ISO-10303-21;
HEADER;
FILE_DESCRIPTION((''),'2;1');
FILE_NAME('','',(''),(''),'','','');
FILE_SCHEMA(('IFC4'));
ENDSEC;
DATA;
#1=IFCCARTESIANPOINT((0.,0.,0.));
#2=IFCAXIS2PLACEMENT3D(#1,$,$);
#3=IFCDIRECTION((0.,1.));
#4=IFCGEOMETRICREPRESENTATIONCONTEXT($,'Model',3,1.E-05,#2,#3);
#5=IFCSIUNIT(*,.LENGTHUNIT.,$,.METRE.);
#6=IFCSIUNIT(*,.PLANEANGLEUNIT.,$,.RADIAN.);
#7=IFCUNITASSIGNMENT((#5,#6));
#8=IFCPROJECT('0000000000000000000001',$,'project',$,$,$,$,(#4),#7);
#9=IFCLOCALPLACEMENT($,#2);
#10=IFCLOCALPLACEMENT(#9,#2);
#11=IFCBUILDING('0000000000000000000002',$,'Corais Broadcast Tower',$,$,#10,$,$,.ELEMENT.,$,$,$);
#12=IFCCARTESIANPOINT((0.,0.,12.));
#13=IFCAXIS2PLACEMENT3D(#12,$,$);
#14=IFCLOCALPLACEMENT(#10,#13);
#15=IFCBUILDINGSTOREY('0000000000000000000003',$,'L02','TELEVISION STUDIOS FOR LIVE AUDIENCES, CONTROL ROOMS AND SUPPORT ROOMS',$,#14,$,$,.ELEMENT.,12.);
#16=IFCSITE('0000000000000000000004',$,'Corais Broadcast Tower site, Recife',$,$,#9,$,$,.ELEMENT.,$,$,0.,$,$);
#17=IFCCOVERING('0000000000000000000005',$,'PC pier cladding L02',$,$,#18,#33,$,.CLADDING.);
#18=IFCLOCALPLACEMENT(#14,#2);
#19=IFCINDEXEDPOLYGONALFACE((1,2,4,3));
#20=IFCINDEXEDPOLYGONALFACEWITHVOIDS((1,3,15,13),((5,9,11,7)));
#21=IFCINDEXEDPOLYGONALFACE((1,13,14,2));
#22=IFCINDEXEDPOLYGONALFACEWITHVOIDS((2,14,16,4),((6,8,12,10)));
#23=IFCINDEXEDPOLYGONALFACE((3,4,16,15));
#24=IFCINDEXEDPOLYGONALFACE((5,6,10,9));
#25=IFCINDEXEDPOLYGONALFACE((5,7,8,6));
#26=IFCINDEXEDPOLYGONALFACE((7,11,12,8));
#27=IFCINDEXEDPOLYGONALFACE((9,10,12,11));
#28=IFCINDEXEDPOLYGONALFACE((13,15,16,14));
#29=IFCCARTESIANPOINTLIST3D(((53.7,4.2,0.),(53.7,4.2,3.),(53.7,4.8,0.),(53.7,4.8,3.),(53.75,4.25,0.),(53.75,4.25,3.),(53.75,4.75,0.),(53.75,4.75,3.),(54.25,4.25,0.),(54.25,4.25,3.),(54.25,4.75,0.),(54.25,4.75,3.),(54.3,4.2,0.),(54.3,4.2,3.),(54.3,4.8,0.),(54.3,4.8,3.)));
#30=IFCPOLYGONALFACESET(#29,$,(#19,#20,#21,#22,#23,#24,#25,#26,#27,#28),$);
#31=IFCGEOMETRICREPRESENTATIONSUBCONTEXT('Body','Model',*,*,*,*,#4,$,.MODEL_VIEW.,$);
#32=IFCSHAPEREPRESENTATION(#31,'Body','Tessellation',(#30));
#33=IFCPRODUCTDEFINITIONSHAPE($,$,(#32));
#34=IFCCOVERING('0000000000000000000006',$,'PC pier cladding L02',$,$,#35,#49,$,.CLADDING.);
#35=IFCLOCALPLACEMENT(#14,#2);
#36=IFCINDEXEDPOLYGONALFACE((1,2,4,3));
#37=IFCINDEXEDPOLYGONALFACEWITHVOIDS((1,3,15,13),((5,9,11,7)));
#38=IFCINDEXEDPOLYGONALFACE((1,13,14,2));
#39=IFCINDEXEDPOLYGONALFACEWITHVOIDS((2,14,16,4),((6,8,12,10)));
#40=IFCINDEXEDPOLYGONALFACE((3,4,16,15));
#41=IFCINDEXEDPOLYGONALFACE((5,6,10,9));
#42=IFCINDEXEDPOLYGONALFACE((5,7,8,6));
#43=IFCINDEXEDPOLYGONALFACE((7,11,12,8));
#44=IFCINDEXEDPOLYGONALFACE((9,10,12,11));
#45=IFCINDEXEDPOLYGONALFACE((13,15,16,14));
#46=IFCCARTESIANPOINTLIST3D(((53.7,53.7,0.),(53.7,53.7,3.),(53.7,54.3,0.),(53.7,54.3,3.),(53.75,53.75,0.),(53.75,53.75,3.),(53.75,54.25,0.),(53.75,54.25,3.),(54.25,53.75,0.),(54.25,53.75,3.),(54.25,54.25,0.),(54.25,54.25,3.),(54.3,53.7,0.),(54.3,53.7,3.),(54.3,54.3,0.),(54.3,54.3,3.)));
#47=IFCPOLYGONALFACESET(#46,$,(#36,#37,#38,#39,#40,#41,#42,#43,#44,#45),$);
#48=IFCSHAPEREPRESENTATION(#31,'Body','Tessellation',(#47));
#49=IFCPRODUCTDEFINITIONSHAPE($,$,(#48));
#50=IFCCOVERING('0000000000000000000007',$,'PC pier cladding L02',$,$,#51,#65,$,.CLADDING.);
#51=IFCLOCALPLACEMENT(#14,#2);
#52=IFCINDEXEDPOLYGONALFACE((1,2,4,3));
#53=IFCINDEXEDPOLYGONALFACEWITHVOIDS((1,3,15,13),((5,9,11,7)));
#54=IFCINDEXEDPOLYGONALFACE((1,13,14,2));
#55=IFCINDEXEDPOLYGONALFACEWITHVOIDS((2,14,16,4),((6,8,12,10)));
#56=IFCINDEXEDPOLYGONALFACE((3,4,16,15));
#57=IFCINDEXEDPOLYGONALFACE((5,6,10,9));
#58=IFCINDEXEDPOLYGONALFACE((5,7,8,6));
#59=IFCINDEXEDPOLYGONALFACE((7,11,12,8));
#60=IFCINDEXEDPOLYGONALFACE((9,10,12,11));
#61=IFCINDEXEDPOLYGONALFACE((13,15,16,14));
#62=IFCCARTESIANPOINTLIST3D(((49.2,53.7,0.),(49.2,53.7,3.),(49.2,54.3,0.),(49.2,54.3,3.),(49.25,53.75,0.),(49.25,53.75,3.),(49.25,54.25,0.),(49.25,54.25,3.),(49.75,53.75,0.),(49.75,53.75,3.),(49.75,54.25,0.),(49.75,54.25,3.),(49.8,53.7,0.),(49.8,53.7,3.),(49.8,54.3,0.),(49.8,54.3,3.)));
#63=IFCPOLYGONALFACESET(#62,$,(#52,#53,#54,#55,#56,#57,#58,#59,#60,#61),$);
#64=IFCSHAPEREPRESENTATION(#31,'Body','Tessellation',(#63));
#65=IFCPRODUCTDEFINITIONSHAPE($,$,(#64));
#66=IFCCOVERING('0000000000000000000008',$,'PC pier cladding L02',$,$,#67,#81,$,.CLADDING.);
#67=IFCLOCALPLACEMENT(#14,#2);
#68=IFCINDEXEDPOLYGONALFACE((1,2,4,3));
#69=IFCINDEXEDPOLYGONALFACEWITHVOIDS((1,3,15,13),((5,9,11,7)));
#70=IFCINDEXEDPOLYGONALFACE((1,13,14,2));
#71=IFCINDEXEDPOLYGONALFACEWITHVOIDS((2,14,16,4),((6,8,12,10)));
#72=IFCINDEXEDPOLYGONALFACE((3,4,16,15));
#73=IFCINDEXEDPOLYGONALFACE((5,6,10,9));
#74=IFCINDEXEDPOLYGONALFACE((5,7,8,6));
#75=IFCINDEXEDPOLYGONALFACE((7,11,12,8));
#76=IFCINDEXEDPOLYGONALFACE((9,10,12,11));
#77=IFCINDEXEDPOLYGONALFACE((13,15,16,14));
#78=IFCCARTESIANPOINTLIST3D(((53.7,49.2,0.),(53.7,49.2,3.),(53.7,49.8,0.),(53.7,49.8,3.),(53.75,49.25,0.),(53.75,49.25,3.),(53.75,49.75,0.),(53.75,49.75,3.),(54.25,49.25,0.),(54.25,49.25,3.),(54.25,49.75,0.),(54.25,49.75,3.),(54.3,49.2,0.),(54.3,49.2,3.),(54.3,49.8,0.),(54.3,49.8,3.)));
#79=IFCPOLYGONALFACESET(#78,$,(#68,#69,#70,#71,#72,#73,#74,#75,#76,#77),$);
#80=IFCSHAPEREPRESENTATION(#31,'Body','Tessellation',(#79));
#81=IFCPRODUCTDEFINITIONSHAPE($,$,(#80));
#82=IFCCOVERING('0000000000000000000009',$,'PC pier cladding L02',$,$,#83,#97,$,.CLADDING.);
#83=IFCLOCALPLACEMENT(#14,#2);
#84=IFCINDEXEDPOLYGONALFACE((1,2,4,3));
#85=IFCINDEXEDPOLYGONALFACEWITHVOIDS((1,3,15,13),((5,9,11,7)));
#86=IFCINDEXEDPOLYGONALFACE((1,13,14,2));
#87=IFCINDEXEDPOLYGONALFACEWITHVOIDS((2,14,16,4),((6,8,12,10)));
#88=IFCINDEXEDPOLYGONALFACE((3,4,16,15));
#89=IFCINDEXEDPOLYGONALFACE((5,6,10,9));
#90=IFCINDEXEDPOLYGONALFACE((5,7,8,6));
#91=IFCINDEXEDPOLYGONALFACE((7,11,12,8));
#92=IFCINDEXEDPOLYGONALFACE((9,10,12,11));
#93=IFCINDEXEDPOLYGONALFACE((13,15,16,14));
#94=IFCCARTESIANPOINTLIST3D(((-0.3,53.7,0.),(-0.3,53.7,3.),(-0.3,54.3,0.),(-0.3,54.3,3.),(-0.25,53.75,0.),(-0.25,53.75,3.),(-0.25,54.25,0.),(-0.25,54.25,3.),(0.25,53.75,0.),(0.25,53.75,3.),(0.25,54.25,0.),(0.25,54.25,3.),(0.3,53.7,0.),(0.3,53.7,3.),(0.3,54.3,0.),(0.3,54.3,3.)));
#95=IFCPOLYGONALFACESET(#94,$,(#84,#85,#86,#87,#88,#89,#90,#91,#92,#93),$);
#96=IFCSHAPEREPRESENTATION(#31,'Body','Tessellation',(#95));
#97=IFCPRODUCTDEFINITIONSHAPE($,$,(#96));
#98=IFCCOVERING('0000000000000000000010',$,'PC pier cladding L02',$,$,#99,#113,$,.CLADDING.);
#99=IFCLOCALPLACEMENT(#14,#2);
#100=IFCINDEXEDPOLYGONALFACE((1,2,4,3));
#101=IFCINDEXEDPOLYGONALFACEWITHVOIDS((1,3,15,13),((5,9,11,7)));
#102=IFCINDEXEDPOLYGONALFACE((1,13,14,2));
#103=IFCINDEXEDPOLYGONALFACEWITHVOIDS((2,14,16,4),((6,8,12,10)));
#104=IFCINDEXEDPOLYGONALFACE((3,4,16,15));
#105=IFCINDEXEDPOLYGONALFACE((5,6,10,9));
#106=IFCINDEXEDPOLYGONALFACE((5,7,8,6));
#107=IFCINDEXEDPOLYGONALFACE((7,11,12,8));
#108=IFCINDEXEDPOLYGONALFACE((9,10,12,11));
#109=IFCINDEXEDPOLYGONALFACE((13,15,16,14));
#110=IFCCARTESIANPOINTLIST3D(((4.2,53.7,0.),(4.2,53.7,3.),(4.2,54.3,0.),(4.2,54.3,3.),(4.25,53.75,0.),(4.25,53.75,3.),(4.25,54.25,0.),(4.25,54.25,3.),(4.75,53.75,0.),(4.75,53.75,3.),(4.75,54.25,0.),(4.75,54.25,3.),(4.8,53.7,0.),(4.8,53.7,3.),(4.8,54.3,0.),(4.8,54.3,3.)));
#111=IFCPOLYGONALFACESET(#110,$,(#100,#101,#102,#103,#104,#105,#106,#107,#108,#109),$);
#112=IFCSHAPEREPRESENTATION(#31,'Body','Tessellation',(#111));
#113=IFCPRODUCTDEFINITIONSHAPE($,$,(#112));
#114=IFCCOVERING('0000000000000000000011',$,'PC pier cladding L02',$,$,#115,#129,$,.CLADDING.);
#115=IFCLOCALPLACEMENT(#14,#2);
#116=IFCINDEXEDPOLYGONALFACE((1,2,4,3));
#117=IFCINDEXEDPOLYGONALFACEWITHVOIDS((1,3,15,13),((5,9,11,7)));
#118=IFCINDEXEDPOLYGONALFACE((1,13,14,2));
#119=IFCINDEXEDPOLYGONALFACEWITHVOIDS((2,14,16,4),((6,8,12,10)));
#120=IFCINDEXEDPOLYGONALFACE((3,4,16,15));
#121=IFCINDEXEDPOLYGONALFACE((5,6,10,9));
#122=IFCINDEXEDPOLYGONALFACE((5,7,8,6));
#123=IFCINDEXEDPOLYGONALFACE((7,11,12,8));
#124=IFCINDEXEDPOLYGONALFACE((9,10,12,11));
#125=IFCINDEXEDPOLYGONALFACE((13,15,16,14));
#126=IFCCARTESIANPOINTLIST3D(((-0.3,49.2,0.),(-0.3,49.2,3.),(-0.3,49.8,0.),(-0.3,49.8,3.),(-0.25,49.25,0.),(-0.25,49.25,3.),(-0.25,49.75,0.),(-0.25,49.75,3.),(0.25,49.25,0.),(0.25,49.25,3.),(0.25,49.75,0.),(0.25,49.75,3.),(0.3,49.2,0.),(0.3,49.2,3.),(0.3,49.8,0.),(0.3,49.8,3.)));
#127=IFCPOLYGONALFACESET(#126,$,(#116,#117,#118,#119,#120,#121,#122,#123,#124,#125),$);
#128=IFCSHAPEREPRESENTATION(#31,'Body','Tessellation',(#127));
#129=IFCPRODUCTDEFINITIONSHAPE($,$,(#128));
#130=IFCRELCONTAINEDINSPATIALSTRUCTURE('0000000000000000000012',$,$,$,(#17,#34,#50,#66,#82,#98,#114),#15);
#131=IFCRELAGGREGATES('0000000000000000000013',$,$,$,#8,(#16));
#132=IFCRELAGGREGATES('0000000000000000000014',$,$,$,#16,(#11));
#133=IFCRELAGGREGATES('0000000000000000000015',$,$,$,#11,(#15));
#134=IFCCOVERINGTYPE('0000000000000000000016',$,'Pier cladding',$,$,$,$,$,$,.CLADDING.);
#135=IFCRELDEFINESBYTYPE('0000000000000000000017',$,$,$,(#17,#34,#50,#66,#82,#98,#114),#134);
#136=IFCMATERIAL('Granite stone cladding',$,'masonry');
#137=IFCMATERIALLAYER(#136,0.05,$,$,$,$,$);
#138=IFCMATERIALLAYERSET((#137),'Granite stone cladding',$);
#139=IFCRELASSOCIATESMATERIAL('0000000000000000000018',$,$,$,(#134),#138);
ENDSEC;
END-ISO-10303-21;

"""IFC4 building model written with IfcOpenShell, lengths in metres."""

from ifc_helpers import new_model, si_unit, direction, frame, origin, place, context, subcontext, project, spatial, polyline, outline, extrude, material, layer, layer_set, type_object, element, save


model = new_model("IFC4")

# Units and contexts
model_context = context("Model", 3, precision=1e-05, world=origin(), true_north=direction((0.0, 1.0)))
body_context = subcontext(model_context, "Body", "Model", "MODEL_VIEW")
ifc_project = project(units=[si_unit("LENGTHUNIT", "METRE"), si_unit("PLANEANGLEUNIT", "RADIAN")], contexts=[model_context])

# Site, building, storey
site_placement = place(None, origin())
site = spatial("IfcSite", under=ifc_project, at=site_placement, Name="Corais Broadcast Tower site, Recife", CompositionType="ELEMENT", RefElevation=0.0)
building_placement = place(site_placement, origin())
building = spatial("IfcBuilding", under=site, at=building_placement, Name="Corais Broadcast Tower", CompositionType="ELEMENT")
storey_placement = place(building_placement, frame((0.0, 0.0, 12.0)))
storey = spatial("IfcBuildingStorey", under=building, at=storey_placement, Name="L02", Description="TELEVISION STUDIOS FOR LIVE AUDIENCES, CONTROL ROOMS AND SUPPORT ROOMS", CompositionType="ELEMENT", Elevation=12.0)

# Coverings
ifc_material_1 = material(Name="Granite stone cladding", Category="masonry")
ifc_layer = layer(ifc_material_1, 0.05)
ifc_layer_set = layer_set([ifc_layer], Name="Granite stone cladding")
covering_type = type_object("IfcCoveringType", Name="Pier cladding", PredefinedType="CLADDING", material=ifc_layer_set)
covering_1_placement = place(storey_placement, origin())
element("IfcCovering", 1, at=covering_1_placement, inside=storey, type_object=covering_type, Name="PC pier cladding L02", PredefinedType="CLADDING", context=body_context, shape_type="SweptSolid", body=[
    extrude(outline(polyline([(53.7, 4.2), (54.3, 4.2), (54.3, 4.8), (53.7, 4.8), (53.7, 4.2)]), holes=[polyline([(53.75, 4.25), (54.25, 4.25), (54.25, 4.75), (53.75, 4.75), (53.75, 4.25)])]), origin(), (0.0, 0.0, 1.0), 3.0),
])
covering_2_placement = place(storey_placement, origin())
element("IfcCovering", 2, at=covering_2_placement, inside=storey, type_object=covering_type, Name="PC pier cladding L02", PredefinedType="CLADDING", context=body_context, shape_type="SweptSolid", body=[
    extrude(outline(polyline([(53.7, 53.7), (54.3, 53.7), (54.3, 54.3), (53.7, 54.3), (53.7, 53.7)]), holes=[polyline([(53.75, 53.75), (54.25, 53.75), (54.25, 54.25), (53.75, 54.25), (53.75, 53.75)])]), origin(), (0.0, 0.0, 1.0), 3.0),
])
covering_3_placement = place(storey_placement, origin())
element("IfcCovering", 3, at=covering_3_placement, inside=storey, type_object=covering_type, Name="PC pier cladding L02", PredefinedType="CLADDING", context=body_context, shape_type="SweptSolid", body=[
    extrude(outline(polyline([(49.2, 53.7), (49.8, 53.7), (49.8, 54.3), (49.2, 54.3), (49.2, 53.7)]), holes=[polyline([(49.25, 53.75), (49.75, 53.75), (49.75, 54.25), (49.25, 54.25), (49.25, 53.75)])]), origin(), (0.0, 0.0, 1.0), 3.0),
])
covering_4_placement = place(storey_placement, origin())
element("IfcCovering", 4, at=covering_4_placement, inside=storey, type_object=covering_type, Name="PC pier cladding L02", PredefinedType="CLADDING", context=body_context, shape_type="SweptSolid", body=[
    extrude(outline(polyline([(53.7, 49.2), (54.3, 49.2), (54.3, 49.8), (53.7, 49.8), (53.7, 49.2)]), holes=[polyline([(53.75, 49.25), (54.25, 49.25), (54.25, 49.75), (53.75, 49.75), (53.75, 49.25)])]), origin(), (0.0, 0.0, 1.0), 3.0),
])
covering_5_placement = place(storey_placement, origin())
element("IfcCovering", 5, at=covering_5_placement, inside=storey, type_object=covering_type, Name="PC pier cladding L02", PredefinedType="CLADDING", context=body_context, shape_type="SweptSolid", body=[
    extrude(outline(polyline([(-0.3, 53.7), (0.3, 53.7), (0.3, 54.3), (-0.3, 54.3), (-0.3, 53.7)]), holes=[polyline([(-0.25, 53.75), (0.25, 53.75), (0.25, 54.25), (-0.25, 54.25), (-0.25, 53.75)])]), origin(), (0.0, 0.0, 1.0), 3.0),
])
covering_6_placement = place(storey_placement, origin())
element("IfcCovering", 6, at=covering_6_placement, inside=storey, type_object=covering_type, Name="PC pier cladding L02", PredefinedType="CLADDING", context=body_context, shape_type="SweptSolid", body=[
    extrude(outline(polyline([(4.2, 53.7), (4.8, 53.7), (4.8, 54.3), (4.2, 54.3), (4.2, 53.7)]), holes=[polyline([(4.25, 53.75), (4.75, 53.75), (4.75, 54.25), (4.25, 54.25), (4.25, 53.75)])]), origin(), (0.0, 0.0, 1.0), 3.0),
])
covering_7_placement = place(storey_placement, origin())
element("IfcCovering", 7, at=covering_7_placement, inside=storey, type_object=covering_type, Name="PC pier cladding L02", PredefinedType="CLADDING", context=body_context, shape_type="SweptSolid", body=[
    extrude(outline(polyline([(-0.3, 49.2), (0.3, 49.2), (0.3, 49.8), (-0.3, 49.8), (-0.3, 49.2)]), holes=[polyline([(-0.25, 49.25), (0.25, 49.25), (0.25, 49.75), (-0.25, 49.75), (-0.25, 49.25)])]), origin(), (0.0, 0.0, 1.0), 3.0),
])

save(model, "model.ifc")
